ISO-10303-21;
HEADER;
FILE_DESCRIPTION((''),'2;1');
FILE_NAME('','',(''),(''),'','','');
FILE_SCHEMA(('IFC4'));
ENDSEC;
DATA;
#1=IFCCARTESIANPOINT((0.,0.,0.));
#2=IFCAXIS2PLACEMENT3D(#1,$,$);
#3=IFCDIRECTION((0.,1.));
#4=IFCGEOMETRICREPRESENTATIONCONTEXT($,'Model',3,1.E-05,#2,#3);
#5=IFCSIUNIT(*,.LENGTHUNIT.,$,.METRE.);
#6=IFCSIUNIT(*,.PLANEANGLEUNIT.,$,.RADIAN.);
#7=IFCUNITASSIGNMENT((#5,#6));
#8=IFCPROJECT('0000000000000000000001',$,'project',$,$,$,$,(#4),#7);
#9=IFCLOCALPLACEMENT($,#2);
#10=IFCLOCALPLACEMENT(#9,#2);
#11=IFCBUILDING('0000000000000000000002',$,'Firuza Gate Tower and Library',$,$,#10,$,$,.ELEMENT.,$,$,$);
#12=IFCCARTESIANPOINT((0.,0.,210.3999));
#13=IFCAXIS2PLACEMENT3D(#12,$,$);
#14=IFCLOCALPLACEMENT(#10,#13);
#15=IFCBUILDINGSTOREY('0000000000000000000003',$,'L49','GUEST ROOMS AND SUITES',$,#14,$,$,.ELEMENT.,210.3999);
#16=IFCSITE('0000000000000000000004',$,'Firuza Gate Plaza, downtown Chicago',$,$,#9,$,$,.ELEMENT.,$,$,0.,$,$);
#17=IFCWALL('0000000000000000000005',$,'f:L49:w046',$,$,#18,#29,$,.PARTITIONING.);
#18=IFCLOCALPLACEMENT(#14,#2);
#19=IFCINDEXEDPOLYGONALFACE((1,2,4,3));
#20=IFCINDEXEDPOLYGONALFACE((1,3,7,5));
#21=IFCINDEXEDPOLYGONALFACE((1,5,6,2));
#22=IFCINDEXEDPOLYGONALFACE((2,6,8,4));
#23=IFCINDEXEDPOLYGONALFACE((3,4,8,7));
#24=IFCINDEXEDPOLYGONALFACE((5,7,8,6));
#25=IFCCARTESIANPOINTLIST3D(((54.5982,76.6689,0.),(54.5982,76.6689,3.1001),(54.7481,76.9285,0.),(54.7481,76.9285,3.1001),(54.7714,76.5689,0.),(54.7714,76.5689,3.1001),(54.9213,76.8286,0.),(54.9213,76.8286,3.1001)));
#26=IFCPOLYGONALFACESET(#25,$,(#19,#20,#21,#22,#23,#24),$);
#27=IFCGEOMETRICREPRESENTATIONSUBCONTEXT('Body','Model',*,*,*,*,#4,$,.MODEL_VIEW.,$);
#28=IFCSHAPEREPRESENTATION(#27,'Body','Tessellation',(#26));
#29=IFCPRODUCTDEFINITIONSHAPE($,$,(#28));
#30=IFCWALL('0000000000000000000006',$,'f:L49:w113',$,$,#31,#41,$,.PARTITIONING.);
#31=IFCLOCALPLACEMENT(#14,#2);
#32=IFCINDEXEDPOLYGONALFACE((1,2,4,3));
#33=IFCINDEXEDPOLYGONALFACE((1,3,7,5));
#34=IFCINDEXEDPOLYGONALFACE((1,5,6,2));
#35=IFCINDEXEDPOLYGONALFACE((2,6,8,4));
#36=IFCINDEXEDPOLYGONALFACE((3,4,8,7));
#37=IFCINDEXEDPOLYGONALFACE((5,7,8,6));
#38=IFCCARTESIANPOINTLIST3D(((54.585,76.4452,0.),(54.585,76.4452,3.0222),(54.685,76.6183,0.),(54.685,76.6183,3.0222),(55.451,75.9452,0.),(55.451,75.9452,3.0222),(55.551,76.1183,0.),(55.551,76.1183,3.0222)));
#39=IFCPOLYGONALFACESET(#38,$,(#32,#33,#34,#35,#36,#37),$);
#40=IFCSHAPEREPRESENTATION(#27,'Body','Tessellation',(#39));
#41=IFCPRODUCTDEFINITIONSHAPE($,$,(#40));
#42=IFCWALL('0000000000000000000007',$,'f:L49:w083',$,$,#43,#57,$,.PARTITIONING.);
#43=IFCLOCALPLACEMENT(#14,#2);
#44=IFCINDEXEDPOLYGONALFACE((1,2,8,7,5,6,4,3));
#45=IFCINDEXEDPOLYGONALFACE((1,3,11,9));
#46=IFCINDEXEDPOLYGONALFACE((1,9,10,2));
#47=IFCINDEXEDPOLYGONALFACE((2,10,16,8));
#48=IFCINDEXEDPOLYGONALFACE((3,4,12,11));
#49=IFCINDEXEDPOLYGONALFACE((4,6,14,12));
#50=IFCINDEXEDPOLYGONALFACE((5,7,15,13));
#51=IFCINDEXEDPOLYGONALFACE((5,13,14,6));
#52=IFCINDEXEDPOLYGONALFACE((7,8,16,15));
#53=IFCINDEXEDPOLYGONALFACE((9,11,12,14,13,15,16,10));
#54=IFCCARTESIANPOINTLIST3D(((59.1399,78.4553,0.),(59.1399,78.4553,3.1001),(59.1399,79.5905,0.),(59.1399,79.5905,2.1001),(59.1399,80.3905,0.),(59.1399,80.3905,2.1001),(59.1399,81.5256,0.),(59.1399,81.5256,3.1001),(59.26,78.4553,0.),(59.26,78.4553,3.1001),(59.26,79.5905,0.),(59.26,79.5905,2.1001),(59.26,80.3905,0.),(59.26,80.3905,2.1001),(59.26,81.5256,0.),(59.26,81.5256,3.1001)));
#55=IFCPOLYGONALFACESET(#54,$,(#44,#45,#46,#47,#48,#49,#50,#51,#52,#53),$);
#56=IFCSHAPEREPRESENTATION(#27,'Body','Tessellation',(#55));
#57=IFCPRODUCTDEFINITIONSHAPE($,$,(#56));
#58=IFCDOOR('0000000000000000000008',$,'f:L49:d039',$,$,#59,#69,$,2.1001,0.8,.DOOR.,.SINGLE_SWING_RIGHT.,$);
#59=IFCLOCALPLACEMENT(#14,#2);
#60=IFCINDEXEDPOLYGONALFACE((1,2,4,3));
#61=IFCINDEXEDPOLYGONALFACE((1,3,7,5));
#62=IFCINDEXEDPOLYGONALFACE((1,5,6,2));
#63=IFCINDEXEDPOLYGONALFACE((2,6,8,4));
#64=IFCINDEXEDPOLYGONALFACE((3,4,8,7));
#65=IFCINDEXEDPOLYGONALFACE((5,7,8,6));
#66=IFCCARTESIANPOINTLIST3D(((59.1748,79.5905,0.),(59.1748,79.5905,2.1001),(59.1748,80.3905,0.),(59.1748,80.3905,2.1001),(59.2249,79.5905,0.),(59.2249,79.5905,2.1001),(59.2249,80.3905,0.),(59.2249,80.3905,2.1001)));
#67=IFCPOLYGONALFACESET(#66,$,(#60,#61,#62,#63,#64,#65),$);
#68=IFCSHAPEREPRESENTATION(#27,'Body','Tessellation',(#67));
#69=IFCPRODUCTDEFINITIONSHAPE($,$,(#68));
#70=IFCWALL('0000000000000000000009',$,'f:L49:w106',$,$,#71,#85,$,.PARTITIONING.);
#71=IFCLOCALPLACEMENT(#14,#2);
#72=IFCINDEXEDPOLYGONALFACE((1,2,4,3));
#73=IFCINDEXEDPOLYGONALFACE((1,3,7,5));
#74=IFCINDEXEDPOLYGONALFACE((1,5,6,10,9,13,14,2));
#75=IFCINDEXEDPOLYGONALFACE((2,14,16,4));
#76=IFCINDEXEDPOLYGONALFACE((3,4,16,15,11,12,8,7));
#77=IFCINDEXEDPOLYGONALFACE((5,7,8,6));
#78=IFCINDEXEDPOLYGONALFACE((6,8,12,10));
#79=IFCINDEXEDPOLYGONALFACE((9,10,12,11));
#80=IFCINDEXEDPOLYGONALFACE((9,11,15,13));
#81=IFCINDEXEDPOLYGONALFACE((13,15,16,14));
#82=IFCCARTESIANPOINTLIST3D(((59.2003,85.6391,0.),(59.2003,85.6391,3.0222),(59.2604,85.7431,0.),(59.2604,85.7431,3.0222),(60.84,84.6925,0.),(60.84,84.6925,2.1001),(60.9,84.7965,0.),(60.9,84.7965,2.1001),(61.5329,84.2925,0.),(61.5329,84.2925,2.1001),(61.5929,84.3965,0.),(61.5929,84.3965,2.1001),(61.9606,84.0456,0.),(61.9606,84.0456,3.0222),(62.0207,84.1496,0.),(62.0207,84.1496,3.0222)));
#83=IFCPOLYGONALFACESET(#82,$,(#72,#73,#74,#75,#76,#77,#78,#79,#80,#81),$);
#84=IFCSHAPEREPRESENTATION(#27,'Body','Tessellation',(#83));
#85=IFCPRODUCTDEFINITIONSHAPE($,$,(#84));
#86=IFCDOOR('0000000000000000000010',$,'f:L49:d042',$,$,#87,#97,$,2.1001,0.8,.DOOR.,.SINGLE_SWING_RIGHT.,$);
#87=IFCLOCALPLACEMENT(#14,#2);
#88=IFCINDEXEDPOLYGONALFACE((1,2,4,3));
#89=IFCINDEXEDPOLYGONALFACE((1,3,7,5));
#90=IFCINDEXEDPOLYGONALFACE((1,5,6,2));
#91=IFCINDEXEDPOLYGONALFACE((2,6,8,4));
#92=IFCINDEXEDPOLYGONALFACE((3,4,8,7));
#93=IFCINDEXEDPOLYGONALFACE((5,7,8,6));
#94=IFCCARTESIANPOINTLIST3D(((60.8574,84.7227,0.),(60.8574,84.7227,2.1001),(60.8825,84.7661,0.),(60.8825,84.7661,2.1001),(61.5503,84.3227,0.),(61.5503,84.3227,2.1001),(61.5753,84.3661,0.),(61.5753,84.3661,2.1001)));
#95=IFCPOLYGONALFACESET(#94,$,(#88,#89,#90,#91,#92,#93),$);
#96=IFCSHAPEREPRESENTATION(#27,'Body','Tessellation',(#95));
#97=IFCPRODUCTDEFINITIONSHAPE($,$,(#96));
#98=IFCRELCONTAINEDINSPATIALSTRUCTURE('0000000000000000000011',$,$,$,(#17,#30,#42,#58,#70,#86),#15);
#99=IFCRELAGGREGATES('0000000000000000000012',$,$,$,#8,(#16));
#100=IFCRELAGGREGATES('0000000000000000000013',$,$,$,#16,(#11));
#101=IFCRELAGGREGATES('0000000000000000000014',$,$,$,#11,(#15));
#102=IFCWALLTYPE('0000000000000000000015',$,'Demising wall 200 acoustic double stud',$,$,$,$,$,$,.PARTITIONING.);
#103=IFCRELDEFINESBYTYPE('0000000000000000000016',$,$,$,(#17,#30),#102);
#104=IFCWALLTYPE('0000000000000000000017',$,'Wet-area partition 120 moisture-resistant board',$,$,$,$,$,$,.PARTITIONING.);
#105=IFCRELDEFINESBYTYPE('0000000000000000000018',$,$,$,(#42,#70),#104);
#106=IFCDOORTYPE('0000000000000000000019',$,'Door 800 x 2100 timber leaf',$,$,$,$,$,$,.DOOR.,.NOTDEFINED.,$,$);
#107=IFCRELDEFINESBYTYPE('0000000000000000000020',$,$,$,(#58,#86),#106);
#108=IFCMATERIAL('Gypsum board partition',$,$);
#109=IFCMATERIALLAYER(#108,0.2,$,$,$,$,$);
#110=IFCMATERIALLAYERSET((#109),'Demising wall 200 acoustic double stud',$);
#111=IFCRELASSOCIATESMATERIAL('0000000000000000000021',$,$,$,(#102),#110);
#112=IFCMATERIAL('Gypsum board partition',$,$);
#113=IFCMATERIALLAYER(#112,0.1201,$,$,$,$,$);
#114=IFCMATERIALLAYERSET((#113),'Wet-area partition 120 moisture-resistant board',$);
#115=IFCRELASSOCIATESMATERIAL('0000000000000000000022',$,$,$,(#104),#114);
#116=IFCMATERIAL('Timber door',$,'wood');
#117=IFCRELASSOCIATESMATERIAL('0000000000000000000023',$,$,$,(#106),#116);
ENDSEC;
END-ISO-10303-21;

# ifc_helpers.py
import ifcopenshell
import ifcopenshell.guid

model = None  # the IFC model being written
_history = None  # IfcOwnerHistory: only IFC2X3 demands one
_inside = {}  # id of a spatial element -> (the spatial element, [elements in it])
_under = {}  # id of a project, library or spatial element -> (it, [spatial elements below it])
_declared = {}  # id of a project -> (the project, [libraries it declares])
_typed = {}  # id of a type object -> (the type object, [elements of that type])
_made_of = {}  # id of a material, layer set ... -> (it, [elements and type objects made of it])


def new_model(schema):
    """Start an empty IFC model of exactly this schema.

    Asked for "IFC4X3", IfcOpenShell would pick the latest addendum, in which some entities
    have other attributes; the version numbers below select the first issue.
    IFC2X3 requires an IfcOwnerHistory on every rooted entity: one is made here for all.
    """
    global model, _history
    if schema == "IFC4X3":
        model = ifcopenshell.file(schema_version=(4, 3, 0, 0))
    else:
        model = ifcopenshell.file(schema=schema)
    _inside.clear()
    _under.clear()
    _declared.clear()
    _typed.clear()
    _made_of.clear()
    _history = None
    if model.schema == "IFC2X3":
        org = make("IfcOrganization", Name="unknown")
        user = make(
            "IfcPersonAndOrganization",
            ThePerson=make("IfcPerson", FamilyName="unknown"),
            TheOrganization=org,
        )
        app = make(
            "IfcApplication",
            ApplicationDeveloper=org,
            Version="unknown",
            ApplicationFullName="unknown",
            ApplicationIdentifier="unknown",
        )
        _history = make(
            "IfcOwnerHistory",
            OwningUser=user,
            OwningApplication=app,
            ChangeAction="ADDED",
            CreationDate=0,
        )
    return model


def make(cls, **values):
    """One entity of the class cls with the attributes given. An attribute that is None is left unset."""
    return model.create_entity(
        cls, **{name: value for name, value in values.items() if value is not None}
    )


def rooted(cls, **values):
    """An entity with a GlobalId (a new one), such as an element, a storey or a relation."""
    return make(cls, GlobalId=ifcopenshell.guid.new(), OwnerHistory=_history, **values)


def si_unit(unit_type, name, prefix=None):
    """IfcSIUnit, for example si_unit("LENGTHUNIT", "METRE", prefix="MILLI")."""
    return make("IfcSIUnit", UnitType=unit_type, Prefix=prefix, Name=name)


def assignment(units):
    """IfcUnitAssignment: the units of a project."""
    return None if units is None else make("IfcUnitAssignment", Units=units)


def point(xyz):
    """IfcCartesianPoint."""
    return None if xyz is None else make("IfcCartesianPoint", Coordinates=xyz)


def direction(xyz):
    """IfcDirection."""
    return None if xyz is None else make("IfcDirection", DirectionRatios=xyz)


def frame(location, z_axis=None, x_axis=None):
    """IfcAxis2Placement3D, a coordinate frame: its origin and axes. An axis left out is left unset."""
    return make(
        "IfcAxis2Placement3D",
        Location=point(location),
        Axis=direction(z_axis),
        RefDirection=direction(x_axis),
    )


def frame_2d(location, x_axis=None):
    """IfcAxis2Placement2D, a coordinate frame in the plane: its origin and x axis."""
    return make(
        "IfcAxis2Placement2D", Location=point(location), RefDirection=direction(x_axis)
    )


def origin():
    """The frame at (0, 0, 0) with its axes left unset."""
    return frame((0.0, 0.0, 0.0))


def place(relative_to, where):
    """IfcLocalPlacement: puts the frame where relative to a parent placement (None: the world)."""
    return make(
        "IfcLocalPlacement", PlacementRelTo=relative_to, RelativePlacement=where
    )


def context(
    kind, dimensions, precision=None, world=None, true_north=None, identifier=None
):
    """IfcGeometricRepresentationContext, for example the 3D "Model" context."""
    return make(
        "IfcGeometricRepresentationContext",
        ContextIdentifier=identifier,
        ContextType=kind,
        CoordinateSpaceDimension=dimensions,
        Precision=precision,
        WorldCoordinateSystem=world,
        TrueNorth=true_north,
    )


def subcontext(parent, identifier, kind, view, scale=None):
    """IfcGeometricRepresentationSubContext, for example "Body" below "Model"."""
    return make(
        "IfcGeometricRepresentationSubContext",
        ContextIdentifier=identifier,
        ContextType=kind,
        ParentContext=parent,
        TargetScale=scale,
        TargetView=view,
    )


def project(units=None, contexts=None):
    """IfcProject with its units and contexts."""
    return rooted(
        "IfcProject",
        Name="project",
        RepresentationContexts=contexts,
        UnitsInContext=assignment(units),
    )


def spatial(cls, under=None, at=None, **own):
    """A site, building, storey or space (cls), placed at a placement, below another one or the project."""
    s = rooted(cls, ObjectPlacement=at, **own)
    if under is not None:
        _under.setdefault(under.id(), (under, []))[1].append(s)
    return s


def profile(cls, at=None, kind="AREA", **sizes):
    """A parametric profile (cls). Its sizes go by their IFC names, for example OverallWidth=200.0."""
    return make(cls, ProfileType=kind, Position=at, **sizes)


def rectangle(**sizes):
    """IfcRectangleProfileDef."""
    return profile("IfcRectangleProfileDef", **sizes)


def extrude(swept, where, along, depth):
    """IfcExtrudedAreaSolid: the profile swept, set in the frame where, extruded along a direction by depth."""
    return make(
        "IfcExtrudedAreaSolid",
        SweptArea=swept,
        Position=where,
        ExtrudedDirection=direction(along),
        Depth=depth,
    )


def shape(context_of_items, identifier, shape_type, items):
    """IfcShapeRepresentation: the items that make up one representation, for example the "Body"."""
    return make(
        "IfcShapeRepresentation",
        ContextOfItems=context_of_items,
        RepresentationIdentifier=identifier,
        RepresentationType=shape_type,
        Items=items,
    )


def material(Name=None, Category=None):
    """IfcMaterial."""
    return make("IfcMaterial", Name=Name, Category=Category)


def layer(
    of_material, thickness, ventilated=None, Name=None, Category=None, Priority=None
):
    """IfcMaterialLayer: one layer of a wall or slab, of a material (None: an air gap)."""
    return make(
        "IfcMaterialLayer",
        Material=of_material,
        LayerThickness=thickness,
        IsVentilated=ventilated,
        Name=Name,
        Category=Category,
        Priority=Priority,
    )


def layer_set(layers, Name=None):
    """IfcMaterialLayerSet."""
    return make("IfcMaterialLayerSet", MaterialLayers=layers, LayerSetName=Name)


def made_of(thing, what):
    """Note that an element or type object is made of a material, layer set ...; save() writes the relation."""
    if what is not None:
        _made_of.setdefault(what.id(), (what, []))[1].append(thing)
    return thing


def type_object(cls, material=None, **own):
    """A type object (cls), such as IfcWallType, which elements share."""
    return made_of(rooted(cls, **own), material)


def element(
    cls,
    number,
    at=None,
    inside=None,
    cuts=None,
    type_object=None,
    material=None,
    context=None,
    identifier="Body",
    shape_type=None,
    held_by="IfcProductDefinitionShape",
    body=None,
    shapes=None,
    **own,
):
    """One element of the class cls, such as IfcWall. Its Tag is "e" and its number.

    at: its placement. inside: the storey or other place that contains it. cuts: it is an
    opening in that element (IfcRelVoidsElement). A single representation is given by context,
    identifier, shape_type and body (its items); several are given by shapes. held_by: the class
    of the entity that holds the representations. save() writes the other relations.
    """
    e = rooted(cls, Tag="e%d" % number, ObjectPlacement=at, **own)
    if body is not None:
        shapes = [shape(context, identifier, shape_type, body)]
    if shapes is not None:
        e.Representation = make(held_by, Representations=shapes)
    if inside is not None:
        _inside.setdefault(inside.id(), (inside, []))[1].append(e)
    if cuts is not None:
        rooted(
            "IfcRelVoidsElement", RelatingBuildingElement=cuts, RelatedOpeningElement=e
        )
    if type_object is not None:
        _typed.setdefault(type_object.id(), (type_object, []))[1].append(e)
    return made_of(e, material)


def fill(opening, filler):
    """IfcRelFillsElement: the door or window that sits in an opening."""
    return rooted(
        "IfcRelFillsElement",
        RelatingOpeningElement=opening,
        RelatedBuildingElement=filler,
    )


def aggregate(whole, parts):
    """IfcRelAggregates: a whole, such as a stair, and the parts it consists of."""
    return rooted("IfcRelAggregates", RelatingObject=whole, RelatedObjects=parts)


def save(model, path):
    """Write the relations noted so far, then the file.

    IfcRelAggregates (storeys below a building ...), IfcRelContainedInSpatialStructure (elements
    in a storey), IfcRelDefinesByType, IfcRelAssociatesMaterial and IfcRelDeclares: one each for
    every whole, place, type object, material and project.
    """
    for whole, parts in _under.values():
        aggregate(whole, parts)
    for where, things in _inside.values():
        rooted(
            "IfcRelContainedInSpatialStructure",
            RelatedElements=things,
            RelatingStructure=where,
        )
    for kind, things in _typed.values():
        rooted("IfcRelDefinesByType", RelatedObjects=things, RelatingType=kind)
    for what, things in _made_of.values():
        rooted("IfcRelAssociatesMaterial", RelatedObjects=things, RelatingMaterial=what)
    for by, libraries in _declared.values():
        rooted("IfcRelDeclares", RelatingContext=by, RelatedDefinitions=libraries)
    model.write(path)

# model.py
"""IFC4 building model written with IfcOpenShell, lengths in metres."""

from ifc_helpers import new_model, si_unit, direction, frame, frame_2d, origin, place, context, subcontext, project, spatial, rectangle, extrude, material, layer, layer_set, type_object, element, fill, save


model = new_model("IFC4")

# Units and contexts
model_context = context("Model", 3, precision=1e-05, world=origin(), true_north=direction((0.0, 1.0)))
body_context = subcontext(model_context, "Body", "Model", "MODEL_VIEW")
ifc_project = project(units=[si_unit("LENGTHUNIT", "METRE"), si_unit("PLANEANGLEUNIT", "RADIAN")], contexts=[model_context])

# Site, building, storey
site_placement = place(None, origin())
site = spatial("IfcSite", under=ifc_project, at=site_placement, Name="Firuza Gate Plaza, downtown Chicago", CompositionType="ELEMENT", RefElevation=0.0)
building_placement = place(site_placement, origin())
building = spatial("IfcBuilding", under=site, at=building_placement, Name="Firuza Gate Tower and Library", CompositionType="ELEMENT")
storey_placement = place(building_placement, frame((0.0, 0.0, 210.3999)))
storey = spatial("IfcBuildingStorey", under=building, at=storey_placement, Name="L49", Description="GUEST ROOMS AND SUITES", CompositionType="ELEMENT", Elevation=210.3999)

# Walls
ifc_material_1 = material(Name="Gypsum board partition")
ifc_layer_1 = layer(ifc_material_1, 0.2)
ifc_layer_set_1 = layer_set([ifc_layer_1], Name="Demising wall 200 acoustic double stud")
wall_type_1 = type_object("IfcWallType", Name="Demising wall 200 acoustic double stud", PredefinedType="PARTITIONING", material=ifc_layer_set_1)
wall_1_placement = place(storey_placement, frame((54.6848, 76.6189, 0.0), z_axis=(0.0, 0.0, 1.0), x_axis=(0.499816, 0.866131, 0.0)))
element("IfcWall", 1, at=wall_1_placement, inside=storey, type_object=wall_type_1, Name="f:L49:w046", PredefinedType="PARTITIONING", context=body_context, shape_type="SweptSolid", body=[
    extrude(rectangle(XDim=0.2998, YDim=0.2, at=frame_2d((0.1499, 0.0))), origin(), (0.0, 0.0, 1.0), 3.1001),
])
wall_2_placement = place(storey_placement, frame((55.501, 76.0317, 0.0), z_axis=(0.0, 0.0, 1.0), x_axis=(-0.866011, 0.500025, 0.0)))
element("IfcWall", 2, at=wall_2_placement, inside=storey, type_object=wall_type_1, Name="f:L49:w113", PredefinedType="PARTITIONING", context=body_context, shape_type="SweptSolid", body=[
    extrude(rectangle(XDim=1.0, YDim=0.2, at=frame_2d((0.5, 0.0))), origin(), (0.0, 0.0, 1.0), 3.0222),
])

# Walls, openings, doors
ifc_material_2 = material(Name="Gypsum board partition")
ifc_layer_2 = layer(ifc_material_2, 0.1201)
ifc_layer_set_2 = layer_set([ifc_layer_2], Name="Wet-area partition 120 moisture-resistant board")
wall_type_2 = type_object("IfcWallType", Name="Wet-area partition 120 moisture-resistant board", PredefinedType="PARTITIONING", material=ifc_layer_set_2)
wall_3_placement = place(storey_placement, frame((59.2, 81.5256, 0.0), z_axis=(0.0, 0.0, 1.0), x_axis=(0.0, -1.0, 0.0)))
wall_3 = element("IfcWall", 3, at=wall_3_placement, inside=storey, type_object=wall_type_2, Name="f:L49:w083", PredefinedType="PARTITIONING", context=body_context, shape_type="SweptSolid", body=[
    extrude(rectangle(XDim=3.0703, YDim=0.1201, at=frame_2d((1.5352, 0.0))), origin(), (0.0, 0.0, 1.0), 3.1001),
])
opening_1_placement = place(wall_3_placement, frame((1.1353, 0.0, 0.0)))
opening_1 = element("IfcOpeningElement", 4, at=opening_1_placement, cuts=wall_3, PredefinedType="OPENING", context=body_context, shape_type="SweptSolid", body=[
    extrude(rectangle(XDim=0.8, YDim=2.1001, at=frame_2d((0.3999, 1.05))), frame((0.0, 0.0701, 0.0), z_axis=(0.0, -1.0, 0.0), x_axis=(1.0, 0.0, 0.0)), (0.0, 0.0, 1.0), 0.1401),
])
ifc_material_3 = material(Name="Timber door", Category="wood")
door_type = type_object("IfcDoorType", Name="Door 800 x 2100 timber leaf", OperationType="NOTDEFINED", PredefinedType="DOOR", material=ifc_material_3)
door_1_placement = place(opening_1_placement, origin())
door_1 = element("IfcDoor", 5, at=door_1_placement, inside=storey, type_object=door_type, Name="f:L49:d039", OperationType="SINGLE_SWING_RIGHT", OverallHeight=2.1001, OverallWidth=0.8, PredefinedType="DOOR", context=body_context, shape_type="SweptSolid", body=[
    extrude(rectangle(XDim=0.8, YDim=2.1001, at=frame_2d((0.3999, 1.05))), frame((0.0, 0.0249, 0.0), z_axis=(0.0, -1.0, 0.0), x_axis=(1.0, 0.0, 0.0)), (0.0, 0.0, 1.0), 0.05),
])
fill(opening_1, door_1)
wall_4_placement = place(storey_placement, frame((59.2302, 85.6912, 0.0), z_axis=(0.0, 0.0, 1.0), x_axis=(0.866043, -0.49997, 0.0)))
wall_4 = element("IfcWall", 6, at=wall_4_placement, inside=storey, type_object=wall_type_2, Name="f:L49:w106", PredefinedType="PARTITIONING", context=body_context, shape_type="SweptSolid", body=[
    extrude(rectangle(XDim=3.1873, YDim=0.1201, at=frame_2d((1.5938, 0.0))), origin(), (0.0, 0.0, 1.0), 3.0222),
])
opening_2_placement = place(wall_4_placement, frame((1.8936, 0.0, 0.0)))
opening_2 = element("IfcOpeningElement", 7, at=opening_2_placement, cuts=wall_4, PredefinedType="OPENING", context=body_context, shape_type="SweptSolid", body=[
    extrude(rectangle(XDim=0.8, YDim=2.1001, at=frame_2d((0.3999, 1.05))), frame((0.0, 0.0701, 0.0), z_axis=(0.0, -1.0, 0.0), x_axis=(1.0, 0.0, 0.0)), (0.0, 0.0, 1.0), 0.1401),
])
door_2_placement = place(opening_2_placement, origin())
door_2 = element("IfcDoor", 8, at=door_2_placement, inside=storey, type_object=door_type, Name="f:L49:d042", OperationType="SINGLE_SWING_RIGHT", OverallHeight=2.1001, OverallWidth=0.8, PredefinedType="DOOR", context=body_context, shape_type="SweptSolid", body=[
    extrude(rectangle(XDim=0.8, YDim=2.1001, at=frame_2d((0.3999, 1.05))), frame((0.0, 0.0249, 0.0), z_axis=(0.0, -1.0, 0.0), x_axis=(1.0, 0.0, 0.0)), (0.0, 0.0, 1.0), 0.05),
])
fill(opening_2, door_2)

save(model, "model.ifc")
